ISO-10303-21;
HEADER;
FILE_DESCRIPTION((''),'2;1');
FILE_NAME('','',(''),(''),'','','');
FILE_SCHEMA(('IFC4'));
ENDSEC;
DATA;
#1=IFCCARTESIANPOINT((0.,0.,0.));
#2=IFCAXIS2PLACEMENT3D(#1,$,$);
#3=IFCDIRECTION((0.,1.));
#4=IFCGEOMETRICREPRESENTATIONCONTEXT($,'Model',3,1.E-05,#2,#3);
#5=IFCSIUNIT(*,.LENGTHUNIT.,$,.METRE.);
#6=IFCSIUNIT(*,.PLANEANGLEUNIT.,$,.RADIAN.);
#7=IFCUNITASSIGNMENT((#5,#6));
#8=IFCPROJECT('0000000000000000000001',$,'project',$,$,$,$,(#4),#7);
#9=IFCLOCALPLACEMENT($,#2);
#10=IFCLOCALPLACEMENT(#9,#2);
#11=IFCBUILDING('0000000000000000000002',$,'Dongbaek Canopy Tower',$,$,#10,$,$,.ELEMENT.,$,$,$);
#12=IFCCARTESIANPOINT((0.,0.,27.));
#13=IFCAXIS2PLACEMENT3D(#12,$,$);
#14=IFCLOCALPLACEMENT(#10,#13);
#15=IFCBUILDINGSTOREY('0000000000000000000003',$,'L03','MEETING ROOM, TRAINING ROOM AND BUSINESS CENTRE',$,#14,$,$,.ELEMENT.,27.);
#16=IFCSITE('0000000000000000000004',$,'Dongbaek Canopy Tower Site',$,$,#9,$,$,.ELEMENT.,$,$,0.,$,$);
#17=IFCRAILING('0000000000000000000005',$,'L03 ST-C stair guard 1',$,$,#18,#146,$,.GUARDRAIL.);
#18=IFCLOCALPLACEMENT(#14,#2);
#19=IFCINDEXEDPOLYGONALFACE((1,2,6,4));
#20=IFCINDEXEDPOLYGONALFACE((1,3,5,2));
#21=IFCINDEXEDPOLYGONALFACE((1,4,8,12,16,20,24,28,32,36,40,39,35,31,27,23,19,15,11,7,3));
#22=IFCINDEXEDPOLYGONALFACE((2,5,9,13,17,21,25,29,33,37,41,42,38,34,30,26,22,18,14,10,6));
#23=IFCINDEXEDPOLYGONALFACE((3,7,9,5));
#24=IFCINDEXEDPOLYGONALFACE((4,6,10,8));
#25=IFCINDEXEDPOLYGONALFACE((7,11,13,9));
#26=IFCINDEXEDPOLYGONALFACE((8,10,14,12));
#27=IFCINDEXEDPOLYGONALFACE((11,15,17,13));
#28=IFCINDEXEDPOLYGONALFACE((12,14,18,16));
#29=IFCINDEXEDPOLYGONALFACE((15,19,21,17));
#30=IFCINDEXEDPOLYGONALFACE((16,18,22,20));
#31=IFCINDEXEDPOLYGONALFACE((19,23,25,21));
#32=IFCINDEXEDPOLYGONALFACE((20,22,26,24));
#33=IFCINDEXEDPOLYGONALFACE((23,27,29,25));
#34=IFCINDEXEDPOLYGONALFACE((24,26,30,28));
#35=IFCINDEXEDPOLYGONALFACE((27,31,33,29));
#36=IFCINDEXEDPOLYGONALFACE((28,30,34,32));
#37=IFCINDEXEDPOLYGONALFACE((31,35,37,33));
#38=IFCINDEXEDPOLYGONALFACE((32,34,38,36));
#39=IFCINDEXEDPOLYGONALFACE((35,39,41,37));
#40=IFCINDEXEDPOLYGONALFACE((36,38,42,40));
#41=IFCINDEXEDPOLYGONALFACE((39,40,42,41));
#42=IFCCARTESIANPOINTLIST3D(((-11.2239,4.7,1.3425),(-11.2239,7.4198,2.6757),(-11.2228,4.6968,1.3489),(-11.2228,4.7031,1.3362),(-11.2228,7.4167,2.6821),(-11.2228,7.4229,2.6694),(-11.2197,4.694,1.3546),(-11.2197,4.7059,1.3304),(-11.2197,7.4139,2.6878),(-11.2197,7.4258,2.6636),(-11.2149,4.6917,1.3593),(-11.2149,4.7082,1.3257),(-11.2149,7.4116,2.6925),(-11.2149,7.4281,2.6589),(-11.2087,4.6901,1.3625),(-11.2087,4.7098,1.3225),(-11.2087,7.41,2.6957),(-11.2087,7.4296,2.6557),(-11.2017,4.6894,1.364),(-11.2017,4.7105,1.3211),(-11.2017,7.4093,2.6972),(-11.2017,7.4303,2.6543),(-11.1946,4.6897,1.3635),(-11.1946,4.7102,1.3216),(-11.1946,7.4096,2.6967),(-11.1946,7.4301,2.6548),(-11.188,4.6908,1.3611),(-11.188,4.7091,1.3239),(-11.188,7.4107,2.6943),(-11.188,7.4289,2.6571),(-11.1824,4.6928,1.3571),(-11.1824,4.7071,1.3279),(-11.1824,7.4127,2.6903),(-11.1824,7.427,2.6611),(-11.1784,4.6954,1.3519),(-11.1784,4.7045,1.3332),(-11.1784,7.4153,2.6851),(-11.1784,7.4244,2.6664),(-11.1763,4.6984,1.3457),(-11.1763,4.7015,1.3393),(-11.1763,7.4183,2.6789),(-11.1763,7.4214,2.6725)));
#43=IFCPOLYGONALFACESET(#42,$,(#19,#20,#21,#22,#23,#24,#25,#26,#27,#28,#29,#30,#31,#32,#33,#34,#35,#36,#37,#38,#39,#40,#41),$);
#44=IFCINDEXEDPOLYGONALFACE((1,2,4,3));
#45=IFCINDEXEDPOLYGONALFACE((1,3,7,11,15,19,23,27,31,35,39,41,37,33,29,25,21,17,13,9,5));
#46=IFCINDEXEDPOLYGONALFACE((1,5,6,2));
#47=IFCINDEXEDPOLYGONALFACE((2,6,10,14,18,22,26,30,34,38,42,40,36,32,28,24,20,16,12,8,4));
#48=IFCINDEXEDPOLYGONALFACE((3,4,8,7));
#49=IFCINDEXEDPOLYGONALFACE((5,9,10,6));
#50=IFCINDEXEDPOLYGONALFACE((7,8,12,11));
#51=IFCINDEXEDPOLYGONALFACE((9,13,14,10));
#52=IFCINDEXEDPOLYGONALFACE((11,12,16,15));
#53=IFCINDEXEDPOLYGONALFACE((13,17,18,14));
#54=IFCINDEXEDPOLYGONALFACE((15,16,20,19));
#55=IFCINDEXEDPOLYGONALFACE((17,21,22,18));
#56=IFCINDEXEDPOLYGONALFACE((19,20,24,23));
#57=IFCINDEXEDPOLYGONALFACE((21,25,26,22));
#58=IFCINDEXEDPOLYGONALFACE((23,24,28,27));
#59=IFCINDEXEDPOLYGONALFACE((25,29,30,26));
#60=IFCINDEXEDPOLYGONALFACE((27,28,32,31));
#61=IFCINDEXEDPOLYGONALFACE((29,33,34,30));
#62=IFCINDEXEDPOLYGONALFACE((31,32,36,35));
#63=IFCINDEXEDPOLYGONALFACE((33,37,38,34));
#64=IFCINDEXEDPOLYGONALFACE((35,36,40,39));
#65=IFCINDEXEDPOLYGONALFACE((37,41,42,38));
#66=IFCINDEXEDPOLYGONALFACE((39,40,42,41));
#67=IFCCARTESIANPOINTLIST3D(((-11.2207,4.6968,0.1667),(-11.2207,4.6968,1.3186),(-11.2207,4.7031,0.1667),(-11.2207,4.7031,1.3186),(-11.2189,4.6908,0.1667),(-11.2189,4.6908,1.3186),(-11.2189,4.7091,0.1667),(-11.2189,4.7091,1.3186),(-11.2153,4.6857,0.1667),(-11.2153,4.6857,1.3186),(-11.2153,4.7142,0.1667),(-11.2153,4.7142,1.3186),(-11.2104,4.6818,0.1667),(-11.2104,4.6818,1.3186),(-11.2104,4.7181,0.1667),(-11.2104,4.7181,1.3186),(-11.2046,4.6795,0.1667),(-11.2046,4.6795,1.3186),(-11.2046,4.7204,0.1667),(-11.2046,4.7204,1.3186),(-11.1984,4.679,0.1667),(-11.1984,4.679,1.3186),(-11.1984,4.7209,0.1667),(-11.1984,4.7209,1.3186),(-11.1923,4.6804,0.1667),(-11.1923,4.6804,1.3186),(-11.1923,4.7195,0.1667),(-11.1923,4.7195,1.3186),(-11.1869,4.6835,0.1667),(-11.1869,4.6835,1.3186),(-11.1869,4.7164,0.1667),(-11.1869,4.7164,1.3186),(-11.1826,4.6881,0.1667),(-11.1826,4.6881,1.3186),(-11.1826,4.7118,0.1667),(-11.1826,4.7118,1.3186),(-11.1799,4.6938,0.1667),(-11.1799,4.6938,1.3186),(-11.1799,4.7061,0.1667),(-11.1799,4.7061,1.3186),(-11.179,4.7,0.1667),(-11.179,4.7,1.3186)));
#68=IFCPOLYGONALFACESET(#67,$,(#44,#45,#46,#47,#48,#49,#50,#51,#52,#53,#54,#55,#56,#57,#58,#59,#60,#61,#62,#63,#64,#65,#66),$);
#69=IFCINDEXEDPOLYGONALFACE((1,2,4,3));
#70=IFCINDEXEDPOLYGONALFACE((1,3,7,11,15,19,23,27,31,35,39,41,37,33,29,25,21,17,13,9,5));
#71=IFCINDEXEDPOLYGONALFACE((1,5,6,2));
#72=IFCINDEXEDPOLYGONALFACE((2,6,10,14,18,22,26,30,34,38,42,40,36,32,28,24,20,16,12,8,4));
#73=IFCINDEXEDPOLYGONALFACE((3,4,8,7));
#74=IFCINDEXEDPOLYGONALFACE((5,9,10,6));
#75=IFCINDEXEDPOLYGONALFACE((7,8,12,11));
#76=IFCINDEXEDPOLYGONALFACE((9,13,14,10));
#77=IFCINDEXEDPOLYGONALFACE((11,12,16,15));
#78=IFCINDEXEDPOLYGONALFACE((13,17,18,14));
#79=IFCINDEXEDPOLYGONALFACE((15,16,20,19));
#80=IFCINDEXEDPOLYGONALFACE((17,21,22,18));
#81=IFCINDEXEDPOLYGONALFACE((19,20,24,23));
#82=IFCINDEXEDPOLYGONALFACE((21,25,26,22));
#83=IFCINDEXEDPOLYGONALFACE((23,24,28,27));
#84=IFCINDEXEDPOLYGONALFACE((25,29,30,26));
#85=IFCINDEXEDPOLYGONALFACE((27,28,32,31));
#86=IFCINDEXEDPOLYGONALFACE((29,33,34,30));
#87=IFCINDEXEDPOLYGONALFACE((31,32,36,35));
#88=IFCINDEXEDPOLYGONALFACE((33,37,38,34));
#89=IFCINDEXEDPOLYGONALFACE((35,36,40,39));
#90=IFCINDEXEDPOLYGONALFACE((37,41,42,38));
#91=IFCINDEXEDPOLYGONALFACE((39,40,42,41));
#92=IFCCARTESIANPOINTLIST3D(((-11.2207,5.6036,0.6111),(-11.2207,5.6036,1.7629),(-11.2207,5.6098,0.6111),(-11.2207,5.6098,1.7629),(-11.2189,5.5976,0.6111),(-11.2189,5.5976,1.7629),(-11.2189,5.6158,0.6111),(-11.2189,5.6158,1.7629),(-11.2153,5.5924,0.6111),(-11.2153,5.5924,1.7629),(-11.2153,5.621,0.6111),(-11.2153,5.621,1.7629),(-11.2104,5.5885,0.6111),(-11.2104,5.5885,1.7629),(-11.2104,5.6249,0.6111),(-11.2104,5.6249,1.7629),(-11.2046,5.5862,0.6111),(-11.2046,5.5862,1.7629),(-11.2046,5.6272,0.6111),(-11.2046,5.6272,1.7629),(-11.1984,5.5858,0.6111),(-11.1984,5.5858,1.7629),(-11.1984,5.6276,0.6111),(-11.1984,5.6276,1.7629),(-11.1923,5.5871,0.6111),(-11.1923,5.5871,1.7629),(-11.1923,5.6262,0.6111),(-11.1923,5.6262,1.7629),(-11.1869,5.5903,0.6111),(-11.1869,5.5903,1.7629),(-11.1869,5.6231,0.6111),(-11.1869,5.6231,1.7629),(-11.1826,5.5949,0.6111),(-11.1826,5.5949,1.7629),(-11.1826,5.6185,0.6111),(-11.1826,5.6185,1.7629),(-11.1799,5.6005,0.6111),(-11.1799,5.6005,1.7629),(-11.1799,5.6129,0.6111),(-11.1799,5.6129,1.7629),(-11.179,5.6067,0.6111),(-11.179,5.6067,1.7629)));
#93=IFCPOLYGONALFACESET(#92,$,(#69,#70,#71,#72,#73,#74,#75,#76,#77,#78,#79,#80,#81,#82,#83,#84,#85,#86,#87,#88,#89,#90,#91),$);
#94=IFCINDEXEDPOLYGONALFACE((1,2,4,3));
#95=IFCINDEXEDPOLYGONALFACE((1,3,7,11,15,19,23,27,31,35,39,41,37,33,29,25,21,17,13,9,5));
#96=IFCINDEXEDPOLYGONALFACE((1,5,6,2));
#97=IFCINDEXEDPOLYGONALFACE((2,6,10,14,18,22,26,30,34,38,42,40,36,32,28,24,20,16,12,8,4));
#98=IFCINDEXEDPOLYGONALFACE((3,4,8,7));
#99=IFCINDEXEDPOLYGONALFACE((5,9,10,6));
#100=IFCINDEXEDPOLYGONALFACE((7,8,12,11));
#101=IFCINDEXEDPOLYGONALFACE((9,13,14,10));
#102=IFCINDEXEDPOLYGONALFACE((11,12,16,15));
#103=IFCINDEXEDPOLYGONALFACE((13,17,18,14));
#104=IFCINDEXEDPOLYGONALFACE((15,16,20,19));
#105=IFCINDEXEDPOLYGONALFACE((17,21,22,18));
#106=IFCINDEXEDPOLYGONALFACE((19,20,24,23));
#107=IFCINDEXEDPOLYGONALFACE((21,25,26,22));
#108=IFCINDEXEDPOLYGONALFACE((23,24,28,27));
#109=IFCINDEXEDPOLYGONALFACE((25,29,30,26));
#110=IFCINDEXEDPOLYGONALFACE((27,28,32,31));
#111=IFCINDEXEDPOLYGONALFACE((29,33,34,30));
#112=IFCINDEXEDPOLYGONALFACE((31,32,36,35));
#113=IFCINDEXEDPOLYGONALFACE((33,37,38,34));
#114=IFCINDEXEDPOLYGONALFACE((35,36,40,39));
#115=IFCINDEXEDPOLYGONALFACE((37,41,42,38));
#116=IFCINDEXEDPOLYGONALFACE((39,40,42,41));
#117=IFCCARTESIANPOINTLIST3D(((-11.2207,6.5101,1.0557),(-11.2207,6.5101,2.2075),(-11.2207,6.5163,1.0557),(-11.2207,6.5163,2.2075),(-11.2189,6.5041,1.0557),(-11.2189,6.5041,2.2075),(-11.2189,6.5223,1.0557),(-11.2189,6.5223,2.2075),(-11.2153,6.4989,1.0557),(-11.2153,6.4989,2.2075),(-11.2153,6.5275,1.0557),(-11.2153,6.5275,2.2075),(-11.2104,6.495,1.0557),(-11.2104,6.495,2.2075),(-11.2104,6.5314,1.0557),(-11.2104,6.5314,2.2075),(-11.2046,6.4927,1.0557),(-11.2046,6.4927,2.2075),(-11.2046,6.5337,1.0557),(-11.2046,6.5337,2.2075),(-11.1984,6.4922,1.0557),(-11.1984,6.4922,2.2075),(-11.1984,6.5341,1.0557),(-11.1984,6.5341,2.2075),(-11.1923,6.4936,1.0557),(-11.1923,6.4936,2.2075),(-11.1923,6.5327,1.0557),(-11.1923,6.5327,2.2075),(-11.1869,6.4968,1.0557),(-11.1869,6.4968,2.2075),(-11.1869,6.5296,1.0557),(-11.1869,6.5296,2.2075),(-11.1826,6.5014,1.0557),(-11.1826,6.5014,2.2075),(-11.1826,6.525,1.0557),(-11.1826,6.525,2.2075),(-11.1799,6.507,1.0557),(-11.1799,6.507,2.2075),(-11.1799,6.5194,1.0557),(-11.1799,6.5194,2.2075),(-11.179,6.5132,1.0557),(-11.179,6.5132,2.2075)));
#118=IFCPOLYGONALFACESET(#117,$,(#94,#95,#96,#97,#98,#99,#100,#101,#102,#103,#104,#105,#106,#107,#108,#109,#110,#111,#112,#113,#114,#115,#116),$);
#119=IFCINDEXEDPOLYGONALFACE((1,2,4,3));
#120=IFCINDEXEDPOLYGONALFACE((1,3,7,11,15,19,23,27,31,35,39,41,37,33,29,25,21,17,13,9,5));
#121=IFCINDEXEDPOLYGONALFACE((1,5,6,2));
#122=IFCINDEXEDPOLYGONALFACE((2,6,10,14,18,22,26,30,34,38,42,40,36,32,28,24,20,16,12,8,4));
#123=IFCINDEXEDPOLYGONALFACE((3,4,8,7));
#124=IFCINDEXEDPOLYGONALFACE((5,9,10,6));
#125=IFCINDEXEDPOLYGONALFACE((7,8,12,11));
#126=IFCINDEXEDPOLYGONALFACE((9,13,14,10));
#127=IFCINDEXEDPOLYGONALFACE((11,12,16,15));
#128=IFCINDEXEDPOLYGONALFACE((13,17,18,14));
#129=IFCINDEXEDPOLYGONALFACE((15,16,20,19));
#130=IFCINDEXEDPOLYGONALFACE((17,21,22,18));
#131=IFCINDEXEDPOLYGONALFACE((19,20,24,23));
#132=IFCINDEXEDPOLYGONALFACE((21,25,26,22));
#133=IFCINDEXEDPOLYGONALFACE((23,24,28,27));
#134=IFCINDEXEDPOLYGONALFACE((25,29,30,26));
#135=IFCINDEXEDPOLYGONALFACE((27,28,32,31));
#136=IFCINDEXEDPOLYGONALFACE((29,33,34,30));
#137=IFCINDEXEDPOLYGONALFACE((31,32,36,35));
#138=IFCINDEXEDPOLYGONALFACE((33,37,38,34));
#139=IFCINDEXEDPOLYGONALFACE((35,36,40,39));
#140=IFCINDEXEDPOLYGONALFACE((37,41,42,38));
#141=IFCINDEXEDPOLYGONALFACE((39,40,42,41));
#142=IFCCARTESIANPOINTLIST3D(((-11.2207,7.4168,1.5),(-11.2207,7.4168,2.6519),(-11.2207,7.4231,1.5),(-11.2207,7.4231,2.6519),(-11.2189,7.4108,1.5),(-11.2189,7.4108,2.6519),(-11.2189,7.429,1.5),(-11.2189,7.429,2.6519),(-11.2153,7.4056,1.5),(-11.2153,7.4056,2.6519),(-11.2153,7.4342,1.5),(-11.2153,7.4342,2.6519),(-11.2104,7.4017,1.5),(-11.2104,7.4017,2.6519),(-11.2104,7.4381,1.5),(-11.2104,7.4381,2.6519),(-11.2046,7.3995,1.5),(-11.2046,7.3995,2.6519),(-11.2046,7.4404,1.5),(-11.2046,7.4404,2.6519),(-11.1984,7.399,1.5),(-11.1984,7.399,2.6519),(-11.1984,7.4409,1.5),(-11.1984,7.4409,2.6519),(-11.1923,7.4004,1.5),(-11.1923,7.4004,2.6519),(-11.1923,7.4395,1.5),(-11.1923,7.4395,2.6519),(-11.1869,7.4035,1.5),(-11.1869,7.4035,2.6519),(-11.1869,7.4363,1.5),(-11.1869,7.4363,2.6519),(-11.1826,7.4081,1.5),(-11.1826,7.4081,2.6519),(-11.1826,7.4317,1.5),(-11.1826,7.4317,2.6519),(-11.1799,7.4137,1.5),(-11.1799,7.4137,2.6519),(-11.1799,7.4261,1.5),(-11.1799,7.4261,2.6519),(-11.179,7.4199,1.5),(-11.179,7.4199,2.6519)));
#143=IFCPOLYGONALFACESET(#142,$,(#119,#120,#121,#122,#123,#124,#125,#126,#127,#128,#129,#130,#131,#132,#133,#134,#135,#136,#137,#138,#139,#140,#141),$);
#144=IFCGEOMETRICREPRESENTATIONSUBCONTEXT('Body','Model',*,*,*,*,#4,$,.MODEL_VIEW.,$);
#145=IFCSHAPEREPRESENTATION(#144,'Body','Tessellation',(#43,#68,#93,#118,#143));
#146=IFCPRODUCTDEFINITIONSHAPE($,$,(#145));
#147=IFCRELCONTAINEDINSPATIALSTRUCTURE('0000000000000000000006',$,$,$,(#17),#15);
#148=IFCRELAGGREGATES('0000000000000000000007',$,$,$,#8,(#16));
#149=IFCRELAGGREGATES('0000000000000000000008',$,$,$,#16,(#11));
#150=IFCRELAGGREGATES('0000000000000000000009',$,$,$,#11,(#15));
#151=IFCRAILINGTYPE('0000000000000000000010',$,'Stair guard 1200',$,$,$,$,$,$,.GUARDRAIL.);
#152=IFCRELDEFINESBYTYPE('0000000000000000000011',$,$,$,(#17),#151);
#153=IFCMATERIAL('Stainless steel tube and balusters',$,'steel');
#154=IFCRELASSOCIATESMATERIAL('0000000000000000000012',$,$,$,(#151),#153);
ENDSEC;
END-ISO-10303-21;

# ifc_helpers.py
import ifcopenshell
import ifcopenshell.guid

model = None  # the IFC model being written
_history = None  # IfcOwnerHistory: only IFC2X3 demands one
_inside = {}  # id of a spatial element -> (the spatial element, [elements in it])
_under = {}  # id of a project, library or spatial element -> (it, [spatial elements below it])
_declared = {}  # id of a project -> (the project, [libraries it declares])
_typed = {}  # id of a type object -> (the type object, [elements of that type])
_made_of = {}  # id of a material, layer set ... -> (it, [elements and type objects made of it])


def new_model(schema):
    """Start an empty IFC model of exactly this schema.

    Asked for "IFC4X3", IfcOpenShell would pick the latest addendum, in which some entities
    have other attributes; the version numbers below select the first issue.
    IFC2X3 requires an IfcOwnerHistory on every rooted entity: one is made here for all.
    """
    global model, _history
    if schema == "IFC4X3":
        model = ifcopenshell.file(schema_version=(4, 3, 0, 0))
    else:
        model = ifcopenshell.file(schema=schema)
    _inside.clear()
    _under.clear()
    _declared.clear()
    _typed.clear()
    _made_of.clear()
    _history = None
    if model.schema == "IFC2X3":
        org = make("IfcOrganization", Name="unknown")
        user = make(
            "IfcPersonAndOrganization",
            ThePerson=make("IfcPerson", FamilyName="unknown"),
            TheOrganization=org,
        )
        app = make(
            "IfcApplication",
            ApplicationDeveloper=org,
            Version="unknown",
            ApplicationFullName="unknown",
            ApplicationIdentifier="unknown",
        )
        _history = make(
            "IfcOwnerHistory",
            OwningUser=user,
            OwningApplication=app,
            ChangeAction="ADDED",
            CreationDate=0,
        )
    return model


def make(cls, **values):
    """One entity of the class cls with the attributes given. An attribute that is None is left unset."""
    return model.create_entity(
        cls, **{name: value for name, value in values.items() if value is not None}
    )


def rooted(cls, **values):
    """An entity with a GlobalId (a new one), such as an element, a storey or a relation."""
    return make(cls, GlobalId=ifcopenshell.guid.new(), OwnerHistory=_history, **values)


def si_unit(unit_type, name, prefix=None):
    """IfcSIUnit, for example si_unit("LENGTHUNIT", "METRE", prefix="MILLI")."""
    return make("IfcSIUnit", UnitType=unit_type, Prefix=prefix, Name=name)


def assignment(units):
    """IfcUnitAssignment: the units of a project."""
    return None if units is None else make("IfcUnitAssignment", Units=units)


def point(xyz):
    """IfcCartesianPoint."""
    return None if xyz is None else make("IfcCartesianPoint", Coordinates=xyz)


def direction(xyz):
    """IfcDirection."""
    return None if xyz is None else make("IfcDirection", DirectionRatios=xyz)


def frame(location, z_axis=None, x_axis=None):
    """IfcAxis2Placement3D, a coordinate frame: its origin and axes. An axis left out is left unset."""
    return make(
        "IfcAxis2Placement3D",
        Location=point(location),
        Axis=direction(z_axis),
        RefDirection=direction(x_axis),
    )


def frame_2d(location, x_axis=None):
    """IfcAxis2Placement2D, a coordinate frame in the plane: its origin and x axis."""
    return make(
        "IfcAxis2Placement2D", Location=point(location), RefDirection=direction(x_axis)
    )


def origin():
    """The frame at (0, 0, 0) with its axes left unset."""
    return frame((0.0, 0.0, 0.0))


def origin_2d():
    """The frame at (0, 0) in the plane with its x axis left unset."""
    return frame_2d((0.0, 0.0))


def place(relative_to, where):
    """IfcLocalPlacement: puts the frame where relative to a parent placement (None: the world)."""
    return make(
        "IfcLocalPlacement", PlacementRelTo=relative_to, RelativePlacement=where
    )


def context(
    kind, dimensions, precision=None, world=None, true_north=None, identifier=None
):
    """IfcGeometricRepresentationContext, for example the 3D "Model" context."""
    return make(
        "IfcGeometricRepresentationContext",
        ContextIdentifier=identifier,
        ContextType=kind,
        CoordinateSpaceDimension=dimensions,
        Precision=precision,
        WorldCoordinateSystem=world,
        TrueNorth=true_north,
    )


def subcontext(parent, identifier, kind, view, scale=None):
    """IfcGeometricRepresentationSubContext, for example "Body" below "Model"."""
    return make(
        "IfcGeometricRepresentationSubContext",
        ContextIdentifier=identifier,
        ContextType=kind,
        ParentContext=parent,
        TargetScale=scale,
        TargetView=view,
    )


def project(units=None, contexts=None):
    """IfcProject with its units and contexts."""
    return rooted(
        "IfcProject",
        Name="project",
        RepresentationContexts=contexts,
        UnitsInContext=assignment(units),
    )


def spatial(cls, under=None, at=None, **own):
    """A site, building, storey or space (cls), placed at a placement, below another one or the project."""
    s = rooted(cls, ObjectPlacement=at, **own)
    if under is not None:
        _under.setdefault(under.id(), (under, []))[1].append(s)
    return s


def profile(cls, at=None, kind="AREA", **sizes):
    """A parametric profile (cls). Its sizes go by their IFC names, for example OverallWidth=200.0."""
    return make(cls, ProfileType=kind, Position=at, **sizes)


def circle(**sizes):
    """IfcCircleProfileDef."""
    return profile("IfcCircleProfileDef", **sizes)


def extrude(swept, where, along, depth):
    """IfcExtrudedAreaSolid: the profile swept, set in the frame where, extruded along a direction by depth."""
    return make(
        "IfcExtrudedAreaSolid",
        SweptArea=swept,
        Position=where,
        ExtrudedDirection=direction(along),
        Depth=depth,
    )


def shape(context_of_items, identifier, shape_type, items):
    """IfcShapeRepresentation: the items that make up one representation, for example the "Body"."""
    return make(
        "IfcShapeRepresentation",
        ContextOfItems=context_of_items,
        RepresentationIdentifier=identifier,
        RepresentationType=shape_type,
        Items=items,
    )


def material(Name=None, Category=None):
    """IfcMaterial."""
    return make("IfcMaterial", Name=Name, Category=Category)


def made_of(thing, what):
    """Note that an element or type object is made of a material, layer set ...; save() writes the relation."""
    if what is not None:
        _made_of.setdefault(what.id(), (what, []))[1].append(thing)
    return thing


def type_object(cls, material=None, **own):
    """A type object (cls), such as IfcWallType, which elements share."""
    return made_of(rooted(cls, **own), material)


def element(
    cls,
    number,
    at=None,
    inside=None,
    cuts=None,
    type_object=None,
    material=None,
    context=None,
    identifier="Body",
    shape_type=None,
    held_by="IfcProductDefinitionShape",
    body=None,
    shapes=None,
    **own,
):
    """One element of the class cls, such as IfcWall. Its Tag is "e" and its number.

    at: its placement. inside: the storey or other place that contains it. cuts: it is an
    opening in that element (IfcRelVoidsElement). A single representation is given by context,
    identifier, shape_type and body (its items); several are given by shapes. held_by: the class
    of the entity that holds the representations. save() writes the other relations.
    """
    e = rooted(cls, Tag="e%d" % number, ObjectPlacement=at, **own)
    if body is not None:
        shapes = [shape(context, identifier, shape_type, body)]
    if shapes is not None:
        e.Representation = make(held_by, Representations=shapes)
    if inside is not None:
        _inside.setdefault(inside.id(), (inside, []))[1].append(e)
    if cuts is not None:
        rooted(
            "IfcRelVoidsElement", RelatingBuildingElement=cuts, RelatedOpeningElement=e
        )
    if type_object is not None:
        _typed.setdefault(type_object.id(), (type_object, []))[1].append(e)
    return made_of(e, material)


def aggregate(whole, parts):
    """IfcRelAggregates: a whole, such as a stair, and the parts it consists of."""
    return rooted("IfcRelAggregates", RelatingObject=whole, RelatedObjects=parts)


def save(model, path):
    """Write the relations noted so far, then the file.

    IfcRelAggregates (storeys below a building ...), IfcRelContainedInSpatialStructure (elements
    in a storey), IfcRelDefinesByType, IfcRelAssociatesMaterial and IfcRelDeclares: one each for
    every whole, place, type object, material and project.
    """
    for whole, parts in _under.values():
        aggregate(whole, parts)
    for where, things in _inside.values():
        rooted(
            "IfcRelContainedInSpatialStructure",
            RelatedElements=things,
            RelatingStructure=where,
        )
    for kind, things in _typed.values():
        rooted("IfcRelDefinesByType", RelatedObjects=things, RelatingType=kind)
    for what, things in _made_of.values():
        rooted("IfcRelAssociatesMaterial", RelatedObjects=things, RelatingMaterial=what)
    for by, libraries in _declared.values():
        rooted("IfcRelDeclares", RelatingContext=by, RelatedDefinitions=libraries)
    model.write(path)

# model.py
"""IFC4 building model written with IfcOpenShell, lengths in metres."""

from ifc_helpers import new_model, si_unit, direction, frame, origin, origin_2d, place, context, subcontext, project, spatial, circle, extrude, material, type_object, element, save


model = new_model("IFC4")

# Units and contexts
model_context = context("Model", 3, precision=1e-05, world=origin(), true_north=direction((0.0, 1.0)))
body_context = subcontext(model_context, "Body", "Model", "MODEL_VIEW")
ifc_project = project(units=[si_unit("LENGTHUNIT", "METRE"), si_unit("PLANEANGLEUNIT", "RADIAN")], contexts=[model_context])

# Site, building, storey
site_placement = place(None, origin())
site = spatial("IfcSite", under=ifc_project, at=site_placement, Name="Dongbaek Canopy Tower Site", CompositionType="ELEMENT", RefElevation=0.0)
building_placement = place(site_placement, origin())
building = spatial("IfcBuilding", under=site, at=building_placement, Name="Dongbaek Canopy Tower", CompositionType="ELEMENT")
storey_placement = place(building_placement, frame((0.0, 0.0, 27.0)))
storey = spatial("IfcBuildingStorey", under=building, at=storey_placement, Name="L03", Description="MEETING ROOM, TRAINING ROOM AND BUSINESS CENTRE", CompositionType="ELEMENT", Elevation=27.0)

# Railing
ifc_material_1 = material(Name="Stainless steel tube and balusters", Category="steel")
railing_type_1 = type_object("IfcRailingType", Name="Stair guard 1200", PredefinedType="GUARDRAIL", material=ifc_material_1)
railing_1_placement = place(storey_placement, frame((-11.2, 4.7, 0.1667)))
element("IfcRailing", 1, at=railing_1_placement, inside=storey, type_object=railing_type_1, Name="L03 ST-C stair guard 1", PredefinedType="GUARDRAIL", context=body_context, shape_type="SweptSolid", body=[
    extrude(circle(Radius=0.0239, at=origin_2d()), frame((0.0, 0.0, 1.1758), z_axis=(0.0, 0.897929, 0.440139), x_axis=(-1.0, 0.0, 0.0)), (0.0, 0.0, 1.0), 3.0291),
    extrude(circle(Radius=0.021, at=origin_2d()), origin(), (0.0, 0.0, 1.0), 1.1519),
    extrude(circle(Radius=0.021, at=origin_2d()), frame((0.0, 0.9067, 0.4443)), (0.0, 0.0, 1.0), 1.1519),
    extrude(circle(Radius=0.021, at=origin_2d()), frame((0.0, 1.8132, 0.8889)), (0.0, 0.0, 1.0), 1.1519),
    extrude(circle(Radius=0.021, at=origin_2d()), frame((0.0, 2.72, 1.3333)), (0.0, 0.0, 1.0), 1.1519),
])

save(model, "model.ifc")
